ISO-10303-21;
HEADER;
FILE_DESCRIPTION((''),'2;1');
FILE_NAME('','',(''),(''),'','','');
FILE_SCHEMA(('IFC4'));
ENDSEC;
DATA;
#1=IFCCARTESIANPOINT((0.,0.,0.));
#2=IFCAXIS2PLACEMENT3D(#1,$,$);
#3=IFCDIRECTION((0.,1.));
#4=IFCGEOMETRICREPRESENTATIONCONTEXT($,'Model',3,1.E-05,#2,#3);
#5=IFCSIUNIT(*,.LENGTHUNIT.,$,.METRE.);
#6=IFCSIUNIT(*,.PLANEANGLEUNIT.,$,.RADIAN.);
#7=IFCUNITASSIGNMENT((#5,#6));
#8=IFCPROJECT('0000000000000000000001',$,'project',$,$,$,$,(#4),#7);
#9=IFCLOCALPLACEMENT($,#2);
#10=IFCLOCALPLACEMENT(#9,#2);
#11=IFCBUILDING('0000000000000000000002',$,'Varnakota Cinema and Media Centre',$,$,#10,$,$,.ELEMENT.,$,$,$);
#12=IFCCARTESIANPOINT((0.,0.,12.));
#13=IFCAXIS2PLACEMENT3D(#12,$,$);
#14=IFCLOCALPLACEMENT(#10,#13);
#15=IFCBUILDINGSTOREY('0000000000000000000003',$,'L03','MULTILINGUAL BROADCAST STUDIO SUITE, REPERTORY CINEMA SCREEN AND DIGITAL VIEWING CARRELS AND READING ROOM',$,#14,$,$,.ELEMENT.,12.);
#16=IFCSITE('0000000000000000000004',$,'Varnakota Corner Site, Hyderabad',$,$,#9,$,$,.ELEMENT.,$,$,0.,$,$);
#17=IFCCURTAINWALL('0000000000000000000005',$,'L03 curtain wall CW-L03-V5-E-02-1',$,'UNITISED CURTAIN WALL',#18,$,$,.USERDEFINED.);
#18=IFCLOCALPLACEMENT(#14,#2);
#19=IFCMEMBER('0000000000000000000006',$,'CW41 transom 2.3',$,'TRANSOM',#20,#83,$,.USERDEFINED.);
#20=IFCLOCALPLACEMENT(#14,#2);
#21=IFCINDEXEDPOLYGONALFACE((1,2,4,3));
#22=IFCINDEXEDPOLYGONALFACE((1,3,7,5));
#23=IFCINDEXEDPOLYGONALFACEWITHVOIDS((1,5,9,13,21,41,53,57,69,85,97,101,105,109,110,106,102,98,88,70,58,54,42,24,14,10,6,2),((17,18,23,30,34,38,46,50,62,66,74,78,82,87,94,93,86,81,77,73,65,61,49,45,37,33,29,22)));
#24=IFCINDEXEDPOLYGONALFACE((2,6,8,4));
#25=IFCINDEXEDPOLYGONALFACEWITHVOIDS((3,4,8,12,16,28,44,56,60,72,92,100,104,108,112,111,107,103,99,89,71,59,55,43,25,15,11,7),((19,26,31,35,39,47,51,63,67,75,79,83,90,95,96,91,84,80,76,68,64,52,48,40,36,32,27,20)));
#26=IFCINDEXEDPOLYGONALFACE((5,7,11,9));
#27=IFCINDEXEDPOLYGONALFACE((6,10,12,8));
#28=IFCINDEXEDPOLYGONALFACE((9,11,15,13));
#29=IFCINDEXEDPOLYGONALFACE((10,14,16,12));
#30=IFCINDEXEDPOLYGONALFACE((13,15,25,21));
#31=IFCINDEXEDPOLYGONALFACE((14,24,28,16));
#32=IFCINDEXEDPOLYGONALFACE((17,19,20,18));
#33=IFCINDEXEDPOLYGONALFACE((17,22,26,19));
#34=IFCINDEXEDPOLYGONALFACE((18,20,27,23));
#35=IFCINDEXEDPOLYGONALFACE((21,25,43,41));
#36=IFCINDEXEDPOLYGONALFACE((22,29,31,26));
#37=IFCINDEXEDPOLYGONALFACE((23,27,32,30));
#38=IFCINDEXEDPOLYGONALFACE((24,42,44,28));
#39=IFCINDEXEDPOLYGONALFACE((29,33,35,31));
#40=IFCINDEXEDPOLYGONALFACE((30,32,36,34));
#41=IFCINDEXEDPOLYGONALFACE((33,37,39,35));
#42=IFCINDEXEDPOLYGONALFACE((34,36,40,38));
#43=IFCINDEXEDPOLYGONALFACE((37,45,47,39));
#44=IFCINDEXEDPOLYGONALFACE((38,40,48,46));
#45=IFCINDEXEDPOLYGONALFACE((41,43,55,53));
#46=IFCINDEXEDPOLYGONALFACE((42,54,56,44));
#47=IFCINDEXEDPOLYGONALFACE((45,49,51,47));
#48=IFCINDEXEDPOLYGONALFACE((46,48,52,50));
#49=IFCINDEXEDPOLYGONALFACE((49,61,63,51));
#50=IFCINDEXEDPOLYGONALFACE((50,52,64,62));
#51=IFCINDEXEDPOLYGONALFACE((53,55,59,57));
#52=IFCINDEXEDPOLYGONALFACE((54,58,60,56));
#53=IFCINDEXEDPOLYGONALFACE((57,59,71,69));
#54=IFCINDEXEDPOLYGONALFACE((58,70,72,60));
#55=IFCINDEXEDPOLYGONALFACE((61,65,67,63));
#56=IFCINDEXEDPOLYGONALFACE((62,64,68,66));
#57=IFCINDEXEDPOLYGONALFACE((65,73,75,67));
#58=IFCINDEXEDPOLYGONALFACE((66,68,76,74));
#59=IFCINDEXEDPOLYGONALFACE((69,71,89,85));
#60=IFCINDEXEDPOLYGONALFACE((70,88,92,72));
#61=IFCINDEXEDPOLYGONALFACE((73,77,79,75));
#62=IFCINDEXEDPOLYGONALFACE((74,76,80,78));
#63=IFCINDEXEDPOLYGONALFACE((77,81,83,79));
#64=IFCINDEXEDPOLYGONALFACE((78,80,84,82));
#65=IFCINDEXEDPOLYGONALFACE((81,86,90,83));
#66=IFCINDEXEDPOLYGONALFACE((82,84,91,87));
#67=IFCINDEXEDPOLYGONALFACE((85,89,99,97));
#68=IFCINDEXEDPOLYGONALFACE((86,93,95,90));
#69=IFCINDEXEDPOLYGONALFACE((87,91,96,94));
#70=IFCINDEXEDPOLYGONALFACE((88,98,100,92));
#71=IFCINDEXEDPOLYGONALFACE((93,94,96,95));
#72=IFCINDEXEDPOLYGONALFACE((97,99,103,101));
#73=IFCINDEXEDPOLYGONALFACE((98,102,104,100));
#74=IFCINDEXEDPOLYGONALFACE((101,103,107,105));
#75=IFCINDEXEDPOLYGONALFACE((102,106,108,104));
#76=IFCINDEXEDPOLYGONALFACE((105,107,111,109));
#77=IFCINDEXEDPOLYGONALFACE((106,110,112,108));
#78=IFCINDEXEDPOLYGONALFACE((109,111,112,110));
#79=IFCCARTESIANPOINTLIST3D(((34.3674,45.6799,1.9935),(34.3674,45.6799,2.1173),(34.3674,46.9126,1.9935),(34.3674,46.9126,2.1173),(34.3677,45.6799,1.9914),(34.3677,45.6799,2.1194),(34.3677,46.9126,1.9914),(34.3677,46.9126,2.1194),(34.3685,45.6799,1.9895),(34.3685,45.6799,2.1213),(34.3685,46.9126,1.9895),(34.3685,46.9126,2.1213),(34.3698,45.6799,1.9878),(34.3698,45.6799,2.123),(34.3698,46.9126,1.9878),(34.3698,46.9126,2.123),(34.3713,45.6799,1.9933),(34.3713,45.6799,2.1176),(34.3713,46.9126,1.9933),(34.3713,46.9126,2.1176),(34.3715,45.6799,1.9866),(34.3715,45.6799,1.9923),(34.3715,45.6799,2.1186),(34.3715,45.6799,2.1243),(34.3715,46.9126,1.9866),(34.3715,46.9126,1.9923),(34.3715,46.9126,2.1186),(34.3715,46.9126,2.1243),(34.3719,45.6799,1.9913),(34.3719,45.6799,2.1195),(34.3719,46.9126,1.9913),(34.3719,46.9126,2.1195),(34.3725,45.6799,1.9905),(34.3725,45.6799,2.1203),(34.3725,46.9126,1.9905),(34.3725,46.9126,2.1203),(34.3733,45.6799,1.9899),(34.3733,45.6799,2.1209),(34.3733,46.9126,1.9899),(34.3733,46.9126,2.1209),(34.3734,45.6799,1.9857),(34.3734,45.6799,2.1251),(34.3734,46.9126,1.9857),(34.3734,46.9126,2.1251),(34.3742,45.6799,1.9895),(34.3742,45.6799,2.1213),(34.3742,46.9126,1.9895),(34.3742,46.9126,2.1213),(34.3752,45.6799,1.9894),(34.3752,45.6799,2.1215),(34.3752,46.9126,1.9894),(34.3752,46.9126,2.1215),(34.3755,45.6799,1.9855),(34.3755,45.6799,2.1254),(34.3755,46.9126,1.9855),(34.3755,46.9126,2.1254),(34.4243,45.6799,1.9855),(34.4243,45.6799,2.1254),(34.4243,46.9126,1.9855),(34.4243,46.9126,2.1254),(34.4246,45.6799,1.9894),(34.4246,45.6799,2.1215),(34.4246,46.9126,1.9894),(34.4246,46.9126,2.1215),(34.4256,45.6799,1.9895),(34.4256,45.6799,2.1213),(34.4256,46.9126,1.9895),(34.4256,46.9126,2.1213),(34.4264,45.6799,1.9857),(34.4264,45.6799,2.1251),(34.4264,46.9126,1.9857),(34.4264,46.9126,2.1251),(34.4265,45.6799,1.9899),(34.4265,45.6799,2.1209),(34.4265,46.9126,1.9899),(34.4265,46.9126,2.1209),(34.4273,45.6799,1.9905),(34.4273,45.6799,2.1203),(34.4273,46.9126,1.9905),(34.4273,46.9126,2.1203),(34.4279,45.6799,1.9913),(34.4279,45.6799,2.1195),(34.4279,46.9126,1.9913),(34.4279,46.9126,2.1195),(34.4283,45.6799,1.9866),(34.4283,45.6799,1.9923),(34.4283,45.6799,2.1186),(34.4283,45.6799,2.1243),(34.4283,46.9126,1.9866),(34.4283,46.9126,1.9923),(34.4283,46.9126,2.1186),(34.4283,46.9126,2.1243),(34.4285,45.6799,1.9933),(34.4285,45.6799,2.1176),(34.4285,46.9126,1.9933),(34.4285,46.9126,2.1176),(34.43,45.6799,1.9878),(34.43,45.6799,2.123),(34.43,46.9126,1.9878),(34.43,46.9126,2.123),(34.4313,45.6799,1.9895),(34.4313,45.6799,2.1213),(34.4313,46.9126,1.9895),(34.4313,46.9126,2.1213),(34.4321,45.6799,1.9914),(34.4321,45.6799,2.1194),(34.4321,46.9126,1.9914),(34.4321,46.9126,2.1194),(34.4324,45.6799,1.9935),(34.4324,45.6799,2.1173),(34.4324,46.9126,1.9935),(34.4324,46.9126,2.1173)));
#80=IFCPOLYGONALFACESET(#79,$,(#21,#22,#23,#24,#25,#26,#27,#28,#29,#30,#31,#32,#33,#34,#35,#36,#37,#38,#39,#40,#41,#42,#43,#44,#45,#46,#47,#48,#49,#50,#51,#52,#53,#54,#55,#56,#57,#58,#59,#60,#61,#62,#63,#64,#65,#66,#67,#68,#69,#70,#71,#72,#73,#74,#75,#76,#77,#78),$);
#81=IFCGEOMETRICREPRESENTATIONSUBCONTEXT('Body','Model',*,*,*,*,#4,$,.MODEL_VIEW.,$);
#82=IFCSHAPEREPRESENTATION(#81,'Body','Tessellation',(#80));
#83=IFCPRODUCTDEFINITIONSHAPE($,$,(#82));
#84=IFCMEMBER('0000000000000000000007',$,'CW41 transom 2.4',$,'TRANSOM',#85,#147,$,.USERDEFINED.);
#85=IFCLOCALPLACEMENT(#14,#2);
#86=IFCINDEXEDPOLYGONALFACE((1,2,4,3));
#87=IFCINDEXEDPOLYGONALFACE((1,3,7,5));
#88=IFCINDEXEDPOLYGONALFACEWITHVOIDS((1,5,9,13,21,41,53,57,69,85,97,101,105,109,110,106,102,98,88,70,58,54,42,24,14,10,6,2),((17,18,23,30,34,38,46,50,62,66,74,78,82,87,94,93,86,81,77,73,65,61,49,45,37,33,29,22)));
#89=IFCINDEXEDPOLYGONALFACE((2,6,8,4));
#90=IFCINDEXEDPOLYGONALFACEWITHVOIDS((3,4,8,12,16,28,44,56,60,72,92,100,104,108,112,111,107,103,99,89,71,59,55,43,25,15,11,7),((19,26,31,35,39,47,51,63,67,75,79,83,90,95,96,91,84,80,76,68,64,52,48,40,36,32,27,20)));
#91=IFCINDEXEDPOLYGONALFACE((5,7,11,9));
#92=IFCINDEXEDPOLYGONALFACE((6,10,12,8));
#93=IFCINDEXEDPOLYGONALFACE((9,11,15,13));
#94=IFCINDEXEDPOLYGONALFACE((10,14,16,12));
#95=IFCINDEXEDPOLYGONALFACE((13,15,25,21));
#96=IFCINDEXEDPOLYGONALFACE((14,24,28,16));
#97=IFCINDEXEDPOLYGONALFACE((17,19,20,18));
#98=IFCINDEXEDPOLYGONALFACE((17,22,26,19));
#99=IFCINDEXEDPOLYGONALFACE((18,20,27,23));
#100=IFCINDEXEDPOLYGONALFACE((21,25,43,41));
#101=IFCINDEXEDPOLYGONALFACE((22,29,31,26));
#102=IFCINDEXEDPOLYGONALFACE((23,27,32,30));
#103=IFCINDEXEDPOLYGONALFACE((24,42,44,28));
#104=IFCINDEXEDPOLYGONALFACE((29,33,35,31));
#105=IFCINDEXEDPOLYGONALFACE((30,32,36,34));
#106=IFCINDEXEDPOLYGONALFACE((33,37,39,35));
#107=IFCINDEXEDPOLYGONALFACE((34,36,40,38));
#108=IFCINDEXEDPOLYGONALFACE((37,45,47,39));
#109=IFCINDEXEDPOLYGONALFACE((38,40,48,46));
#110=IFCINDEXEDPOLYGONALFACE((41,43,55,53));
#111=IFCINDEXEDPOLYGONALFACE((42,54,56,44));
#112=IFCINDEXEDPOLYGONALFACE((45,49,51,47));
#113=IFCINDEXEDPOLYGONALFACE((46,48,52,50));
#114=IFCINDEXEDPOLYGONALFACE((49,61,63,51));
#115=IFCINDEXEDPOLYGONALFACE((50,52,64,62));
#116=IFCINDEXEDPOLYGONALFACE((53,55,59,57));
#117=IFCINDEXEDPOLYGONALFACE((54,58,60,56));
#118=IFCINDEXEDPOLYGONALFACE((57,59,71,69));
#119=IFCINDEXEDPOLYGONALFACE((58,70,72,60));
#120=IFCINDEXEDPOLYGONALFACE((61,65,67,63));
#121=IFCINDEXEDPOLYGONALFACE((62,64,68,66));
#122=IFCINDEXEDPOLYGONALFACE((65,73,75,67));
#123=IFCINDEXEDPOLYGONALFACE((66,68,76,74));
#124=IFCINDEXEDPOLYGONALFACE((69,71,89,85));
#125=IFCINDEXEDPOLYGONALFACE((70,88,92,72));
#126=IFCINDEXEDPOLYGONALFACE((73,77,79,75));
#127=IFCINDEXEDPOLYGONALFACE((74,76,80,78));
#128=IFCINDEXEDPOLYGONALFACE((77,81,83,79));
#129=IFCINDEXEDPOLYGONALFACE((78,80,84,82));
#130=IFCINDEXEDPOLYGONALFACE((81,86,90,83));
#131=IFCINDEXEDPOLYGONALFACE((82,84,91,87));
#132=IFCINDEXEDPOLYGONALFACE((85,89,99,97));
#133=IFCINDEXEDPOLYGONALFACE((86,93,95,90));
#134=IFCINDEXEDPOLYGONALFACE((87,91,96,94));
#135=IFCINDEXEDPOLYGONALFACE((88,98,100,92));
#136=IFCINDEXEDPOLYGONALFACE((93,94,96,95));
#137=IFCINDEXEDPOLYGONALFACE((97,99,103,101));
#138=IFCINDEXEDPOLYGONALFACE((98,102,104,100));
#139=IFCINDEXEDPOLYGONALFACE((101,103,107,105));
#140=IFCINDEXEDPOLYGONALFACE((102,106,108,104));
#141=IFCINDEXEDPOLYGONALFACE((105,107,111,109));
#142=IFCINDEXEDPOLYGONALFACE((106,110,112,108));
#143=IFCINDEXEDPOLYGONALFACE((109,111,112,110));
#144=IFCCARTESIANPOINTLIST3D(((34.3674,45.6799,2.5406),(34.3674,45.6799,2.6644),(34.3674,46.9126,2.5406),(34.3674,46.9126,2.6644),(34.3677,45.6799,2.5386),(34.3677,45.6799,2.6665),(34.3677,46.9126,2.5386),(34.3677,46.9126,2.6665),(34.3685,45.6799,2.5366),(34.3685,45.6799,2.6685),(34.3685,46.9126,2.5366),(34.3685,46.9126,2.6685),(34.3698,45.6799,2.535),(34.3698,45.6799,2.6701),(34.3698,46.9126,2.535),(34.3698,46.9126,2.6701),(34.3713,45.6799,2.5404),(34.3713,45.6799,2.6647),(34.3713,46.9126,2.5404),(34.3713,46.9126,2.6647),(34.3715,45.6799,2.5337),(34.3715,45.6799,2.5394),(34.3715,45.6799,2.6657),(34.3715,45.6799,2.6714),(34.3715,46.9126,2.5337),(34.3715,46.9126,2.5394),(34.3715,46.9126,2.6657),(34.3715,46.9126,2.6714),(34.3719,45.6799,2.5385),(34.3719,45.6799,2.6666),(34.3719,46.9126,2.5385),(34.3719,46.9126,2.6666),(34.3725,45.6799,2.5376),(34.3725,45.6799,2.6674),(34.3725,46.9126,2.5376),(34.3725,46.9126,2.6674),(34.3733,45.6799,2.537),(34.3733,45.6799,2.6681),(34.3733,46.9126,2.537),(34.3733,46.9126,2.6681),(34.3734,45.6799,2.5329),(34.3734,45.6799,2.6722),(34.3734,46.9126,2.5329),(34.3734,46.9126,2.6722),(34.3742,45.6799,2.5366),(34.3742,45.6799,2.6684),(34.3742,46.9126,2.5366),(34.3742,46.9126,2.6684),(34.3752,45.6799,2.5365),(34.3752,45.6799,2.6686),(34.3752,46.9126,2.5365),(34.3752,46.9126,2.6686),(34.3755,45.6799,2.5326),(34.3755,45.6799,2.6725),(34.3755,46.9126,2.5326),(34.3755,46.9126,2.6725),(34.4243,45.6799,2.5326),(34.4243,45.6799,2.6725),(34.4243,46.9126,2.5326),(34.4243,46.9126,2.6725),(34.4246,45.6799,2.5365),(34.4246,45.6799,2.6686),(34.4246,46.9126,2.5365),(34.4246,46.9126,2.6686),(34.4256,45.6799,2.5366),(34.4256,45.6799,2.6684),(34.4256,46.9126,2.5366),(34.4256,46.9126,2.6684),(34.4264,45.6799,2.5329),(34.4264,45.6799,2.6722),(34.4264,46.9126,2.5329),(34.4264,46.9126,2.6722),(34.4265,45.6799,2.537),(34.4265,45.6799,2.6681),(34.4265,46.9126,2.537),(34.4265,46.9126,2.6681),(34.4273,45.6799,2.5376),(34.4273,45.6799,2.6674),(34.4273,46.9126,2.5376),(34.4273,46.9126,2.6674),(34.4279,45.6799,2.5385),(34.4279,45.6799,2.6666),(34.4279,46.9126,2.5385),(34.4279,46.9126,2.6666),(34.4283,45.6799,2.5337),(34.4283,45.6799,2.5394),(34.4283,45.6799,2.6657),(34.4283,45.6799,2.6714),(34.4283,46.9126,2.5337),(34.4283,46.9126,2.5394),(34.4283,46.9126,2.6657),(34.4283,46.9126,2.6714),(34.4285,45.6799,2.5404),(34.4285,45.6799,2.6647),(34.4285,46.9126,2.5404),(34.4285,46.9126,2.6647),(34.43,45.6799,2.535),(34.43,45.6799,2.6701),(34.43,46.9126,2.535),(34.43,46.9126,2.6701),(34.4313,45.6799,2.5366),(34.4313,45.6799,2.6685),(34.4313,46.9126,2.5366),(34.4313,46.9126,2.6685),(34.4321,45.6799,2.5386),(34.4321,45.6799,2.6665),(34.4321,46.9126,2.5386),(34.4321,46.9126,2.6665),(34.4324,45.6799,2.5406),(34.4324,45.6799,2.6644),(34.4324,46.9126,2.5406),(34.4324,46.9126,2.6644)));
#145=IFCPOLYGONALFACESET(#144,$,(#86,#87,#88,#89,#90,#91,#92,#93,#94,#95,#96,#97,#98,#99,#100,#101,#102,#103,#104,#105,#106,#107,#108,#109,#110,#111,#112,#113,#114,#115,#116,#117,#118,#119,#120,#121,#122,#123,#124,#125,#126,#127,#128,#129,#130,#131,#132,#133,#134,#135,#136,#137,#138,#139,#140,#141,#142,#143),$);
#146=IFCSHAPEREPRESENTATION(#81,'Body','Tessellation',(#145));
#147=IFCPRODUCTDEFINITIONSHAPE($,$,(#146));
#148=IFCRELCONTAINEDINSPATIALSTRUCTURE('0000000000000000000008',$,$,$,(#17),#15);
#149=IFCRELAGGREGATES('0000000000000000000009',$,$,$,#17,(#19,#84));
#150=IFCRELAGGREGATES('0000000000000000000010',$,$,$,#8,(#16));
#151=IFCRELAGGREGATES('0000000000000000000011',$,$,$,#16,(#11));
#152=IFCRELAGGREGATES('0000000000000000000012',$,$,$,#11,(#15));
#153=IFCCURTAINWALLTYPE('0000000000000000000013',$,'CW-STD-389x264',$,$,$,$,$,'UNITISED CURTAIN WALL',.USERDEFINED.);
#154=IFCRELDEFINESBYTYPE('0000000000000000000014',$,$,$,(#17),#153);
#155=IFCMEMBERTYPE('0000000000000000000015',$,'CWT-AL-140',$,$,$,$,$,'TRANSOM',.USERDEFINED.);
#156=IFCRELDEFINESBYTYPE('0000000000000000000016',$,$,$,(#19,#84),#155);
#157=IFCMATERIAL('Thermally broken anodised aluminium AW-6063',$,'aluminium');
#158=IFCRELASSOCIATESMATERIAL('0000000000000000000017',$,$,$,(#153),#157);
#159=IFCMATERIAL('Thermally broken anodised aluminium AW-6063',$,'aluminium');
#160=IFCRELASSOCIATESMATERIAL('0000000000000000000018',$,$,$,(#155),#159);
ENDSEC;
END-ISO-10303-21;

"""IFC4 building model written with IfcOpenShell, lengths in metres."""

from ifc_helpers import new_model, si_unit, direction, frame, origin, origin_2d, place, context, subcontext, project, spatial, hollow_rectangle, extrude, material, material_profile, profile_set, type_object, element, aggregate, save


model = new_model("IFC4")

# Units and contexts
model_context = context("Model", 3, precision=1e-05, world=origin(), true_north=direction((0.0, 1.0)))
body_context = subcontext(model_context, "Body", "Model", "MODEL_VIEW")
ifc_project = project(units=[si_unit("LENGTHUNIT", "METRE"), si_unit("PLANEANGLEUNIT", "RADIAN")], contexts=[model_context])

# Site, building, storey
site_placement = place(None, origin())
site = spatial("IfcSite", under=ifc_project, at=site_placement, Name="Varnakota Corner Site, Hyderabad", CompositionType="ELEMENT", RefElevation=0.0)
building_placement = place(site_placement, origin())
building = spatial("IfcBuilding", under=site, at=building_placement, Name="Varnakota Cinema and Media Centre", CompositionType="ELEMENT")
storey_placement = place(building_placement, frame((0.0, 0.0, 12.0)))
storey = spatial("IfcBuildingStorey", under=building, at=storey_placement, Name="L03", Description="MULTILINGUAL BROADCAST STUDIO SUITE, REPERTORY CINEMA SCREEN AND DIGITAL VIEWING CARRELS AND READING ROOM", CompositionType="ELEMENT", Elevation=12.0)

# Curtain wall
ifc_material_1 = material(Name="Thermally broken anodised aluminium AW-6063", Category="aluminium")
curtain_wall_type = type_object("IfcCurtainWallType", Name="CW-STD-389x264", ElementType="UNITISED CURTAIN WALL", PredefinedType="USERDEFINED", material=ifc_material_1)
curtain_wall_1_placement = place(storey_placement, origin())
curtain_wall_1 = element("IfcCurtainWall", 1, at=curtain_wall_1_placement, inside=storey, type_object=curtain_wall_type, Name="L03 curtain wall CW-L03-V5-E-02-1", ObjectType="UNITISED CURTAIN WALL", PredefinedType="USERDEFINED")

# Members
ifc_material_2 = material(Name="Thermally broken anodised aluminium AW-6063", Category="aluminium")
ifc_material_profile_1 = material_profile(ifc_material_2, hollow_rectangle(XDim=0.0649, YDim=0.1399, WallThickness=0.0039, InnerFilletRadius=0.0039, OuterFilletRadius=0.0081, at=origin_2d()), Name="AL-TRANSOM 140x65x4")
ifc_profile_set_1 = profile_set([ifc_material_profile_1], Name="Thermally broken anodised aluminium AW-6063")
member_type_1 = type_object("IfcMemberType", Name="CWT-AL-140", ElementType="TRANSOM", PredefinedType="USERDEFINED", material=ifc_profile_set_1)
member_1_placement = place(storey_placement, frame((34.3999, 45.6799, 2.0554), z_axis=(0.0, 1.0, 0.0), x_axis=(-1.0, 0.0, 0.0)))
member_1 = element("IfcMember", 2, at=member_1_placement, type_object=member_type_1, Name="CW41 transom 2.3", ObjectType="TRANSOM", PredefinedType="USERDEFINED", context=body_context, shape_type="SweptSolid", body=[
    extrude(hollow_rectangle(XDim=0.0649, YDim=0.1399, WallThickness=0.0039, InnerFilletRadius=0.0039, OuterFilletRadius=0.0081, at=origin_2d()), origin(), (0.0, 0.0, 1.0), 1.2327),
])
member_2_placement = place(storey_placement, frame((34.3999, 45.6799, 2.6025), z_axis=(0.0, 1.0, 0.0), x_axis=(-1.0, 0.0, 0.0)))
member_2 = element("IfcMember", 3, at=member_2_placement, type_object=member_type_1, Name="CW41 transom 2.4", ObjectType="TRANSOM", PredefinedType="USERDEFINED", context=body_context, shape_type="SweptSolid", body=[
    extrude(hollow_rectangle(XDim=0.0649, YDim=0.1399, WallThickness=0.0039, InnerFilletRadius=0.0039, OuterFilletRadius=0.0081, at=origin_2d()), origin(), (0.0, 0.0, 1.0), 1.2327),
])

aggregate(curtain_wall_1, [member_1, member_2])

save(model, "model.ifc")
